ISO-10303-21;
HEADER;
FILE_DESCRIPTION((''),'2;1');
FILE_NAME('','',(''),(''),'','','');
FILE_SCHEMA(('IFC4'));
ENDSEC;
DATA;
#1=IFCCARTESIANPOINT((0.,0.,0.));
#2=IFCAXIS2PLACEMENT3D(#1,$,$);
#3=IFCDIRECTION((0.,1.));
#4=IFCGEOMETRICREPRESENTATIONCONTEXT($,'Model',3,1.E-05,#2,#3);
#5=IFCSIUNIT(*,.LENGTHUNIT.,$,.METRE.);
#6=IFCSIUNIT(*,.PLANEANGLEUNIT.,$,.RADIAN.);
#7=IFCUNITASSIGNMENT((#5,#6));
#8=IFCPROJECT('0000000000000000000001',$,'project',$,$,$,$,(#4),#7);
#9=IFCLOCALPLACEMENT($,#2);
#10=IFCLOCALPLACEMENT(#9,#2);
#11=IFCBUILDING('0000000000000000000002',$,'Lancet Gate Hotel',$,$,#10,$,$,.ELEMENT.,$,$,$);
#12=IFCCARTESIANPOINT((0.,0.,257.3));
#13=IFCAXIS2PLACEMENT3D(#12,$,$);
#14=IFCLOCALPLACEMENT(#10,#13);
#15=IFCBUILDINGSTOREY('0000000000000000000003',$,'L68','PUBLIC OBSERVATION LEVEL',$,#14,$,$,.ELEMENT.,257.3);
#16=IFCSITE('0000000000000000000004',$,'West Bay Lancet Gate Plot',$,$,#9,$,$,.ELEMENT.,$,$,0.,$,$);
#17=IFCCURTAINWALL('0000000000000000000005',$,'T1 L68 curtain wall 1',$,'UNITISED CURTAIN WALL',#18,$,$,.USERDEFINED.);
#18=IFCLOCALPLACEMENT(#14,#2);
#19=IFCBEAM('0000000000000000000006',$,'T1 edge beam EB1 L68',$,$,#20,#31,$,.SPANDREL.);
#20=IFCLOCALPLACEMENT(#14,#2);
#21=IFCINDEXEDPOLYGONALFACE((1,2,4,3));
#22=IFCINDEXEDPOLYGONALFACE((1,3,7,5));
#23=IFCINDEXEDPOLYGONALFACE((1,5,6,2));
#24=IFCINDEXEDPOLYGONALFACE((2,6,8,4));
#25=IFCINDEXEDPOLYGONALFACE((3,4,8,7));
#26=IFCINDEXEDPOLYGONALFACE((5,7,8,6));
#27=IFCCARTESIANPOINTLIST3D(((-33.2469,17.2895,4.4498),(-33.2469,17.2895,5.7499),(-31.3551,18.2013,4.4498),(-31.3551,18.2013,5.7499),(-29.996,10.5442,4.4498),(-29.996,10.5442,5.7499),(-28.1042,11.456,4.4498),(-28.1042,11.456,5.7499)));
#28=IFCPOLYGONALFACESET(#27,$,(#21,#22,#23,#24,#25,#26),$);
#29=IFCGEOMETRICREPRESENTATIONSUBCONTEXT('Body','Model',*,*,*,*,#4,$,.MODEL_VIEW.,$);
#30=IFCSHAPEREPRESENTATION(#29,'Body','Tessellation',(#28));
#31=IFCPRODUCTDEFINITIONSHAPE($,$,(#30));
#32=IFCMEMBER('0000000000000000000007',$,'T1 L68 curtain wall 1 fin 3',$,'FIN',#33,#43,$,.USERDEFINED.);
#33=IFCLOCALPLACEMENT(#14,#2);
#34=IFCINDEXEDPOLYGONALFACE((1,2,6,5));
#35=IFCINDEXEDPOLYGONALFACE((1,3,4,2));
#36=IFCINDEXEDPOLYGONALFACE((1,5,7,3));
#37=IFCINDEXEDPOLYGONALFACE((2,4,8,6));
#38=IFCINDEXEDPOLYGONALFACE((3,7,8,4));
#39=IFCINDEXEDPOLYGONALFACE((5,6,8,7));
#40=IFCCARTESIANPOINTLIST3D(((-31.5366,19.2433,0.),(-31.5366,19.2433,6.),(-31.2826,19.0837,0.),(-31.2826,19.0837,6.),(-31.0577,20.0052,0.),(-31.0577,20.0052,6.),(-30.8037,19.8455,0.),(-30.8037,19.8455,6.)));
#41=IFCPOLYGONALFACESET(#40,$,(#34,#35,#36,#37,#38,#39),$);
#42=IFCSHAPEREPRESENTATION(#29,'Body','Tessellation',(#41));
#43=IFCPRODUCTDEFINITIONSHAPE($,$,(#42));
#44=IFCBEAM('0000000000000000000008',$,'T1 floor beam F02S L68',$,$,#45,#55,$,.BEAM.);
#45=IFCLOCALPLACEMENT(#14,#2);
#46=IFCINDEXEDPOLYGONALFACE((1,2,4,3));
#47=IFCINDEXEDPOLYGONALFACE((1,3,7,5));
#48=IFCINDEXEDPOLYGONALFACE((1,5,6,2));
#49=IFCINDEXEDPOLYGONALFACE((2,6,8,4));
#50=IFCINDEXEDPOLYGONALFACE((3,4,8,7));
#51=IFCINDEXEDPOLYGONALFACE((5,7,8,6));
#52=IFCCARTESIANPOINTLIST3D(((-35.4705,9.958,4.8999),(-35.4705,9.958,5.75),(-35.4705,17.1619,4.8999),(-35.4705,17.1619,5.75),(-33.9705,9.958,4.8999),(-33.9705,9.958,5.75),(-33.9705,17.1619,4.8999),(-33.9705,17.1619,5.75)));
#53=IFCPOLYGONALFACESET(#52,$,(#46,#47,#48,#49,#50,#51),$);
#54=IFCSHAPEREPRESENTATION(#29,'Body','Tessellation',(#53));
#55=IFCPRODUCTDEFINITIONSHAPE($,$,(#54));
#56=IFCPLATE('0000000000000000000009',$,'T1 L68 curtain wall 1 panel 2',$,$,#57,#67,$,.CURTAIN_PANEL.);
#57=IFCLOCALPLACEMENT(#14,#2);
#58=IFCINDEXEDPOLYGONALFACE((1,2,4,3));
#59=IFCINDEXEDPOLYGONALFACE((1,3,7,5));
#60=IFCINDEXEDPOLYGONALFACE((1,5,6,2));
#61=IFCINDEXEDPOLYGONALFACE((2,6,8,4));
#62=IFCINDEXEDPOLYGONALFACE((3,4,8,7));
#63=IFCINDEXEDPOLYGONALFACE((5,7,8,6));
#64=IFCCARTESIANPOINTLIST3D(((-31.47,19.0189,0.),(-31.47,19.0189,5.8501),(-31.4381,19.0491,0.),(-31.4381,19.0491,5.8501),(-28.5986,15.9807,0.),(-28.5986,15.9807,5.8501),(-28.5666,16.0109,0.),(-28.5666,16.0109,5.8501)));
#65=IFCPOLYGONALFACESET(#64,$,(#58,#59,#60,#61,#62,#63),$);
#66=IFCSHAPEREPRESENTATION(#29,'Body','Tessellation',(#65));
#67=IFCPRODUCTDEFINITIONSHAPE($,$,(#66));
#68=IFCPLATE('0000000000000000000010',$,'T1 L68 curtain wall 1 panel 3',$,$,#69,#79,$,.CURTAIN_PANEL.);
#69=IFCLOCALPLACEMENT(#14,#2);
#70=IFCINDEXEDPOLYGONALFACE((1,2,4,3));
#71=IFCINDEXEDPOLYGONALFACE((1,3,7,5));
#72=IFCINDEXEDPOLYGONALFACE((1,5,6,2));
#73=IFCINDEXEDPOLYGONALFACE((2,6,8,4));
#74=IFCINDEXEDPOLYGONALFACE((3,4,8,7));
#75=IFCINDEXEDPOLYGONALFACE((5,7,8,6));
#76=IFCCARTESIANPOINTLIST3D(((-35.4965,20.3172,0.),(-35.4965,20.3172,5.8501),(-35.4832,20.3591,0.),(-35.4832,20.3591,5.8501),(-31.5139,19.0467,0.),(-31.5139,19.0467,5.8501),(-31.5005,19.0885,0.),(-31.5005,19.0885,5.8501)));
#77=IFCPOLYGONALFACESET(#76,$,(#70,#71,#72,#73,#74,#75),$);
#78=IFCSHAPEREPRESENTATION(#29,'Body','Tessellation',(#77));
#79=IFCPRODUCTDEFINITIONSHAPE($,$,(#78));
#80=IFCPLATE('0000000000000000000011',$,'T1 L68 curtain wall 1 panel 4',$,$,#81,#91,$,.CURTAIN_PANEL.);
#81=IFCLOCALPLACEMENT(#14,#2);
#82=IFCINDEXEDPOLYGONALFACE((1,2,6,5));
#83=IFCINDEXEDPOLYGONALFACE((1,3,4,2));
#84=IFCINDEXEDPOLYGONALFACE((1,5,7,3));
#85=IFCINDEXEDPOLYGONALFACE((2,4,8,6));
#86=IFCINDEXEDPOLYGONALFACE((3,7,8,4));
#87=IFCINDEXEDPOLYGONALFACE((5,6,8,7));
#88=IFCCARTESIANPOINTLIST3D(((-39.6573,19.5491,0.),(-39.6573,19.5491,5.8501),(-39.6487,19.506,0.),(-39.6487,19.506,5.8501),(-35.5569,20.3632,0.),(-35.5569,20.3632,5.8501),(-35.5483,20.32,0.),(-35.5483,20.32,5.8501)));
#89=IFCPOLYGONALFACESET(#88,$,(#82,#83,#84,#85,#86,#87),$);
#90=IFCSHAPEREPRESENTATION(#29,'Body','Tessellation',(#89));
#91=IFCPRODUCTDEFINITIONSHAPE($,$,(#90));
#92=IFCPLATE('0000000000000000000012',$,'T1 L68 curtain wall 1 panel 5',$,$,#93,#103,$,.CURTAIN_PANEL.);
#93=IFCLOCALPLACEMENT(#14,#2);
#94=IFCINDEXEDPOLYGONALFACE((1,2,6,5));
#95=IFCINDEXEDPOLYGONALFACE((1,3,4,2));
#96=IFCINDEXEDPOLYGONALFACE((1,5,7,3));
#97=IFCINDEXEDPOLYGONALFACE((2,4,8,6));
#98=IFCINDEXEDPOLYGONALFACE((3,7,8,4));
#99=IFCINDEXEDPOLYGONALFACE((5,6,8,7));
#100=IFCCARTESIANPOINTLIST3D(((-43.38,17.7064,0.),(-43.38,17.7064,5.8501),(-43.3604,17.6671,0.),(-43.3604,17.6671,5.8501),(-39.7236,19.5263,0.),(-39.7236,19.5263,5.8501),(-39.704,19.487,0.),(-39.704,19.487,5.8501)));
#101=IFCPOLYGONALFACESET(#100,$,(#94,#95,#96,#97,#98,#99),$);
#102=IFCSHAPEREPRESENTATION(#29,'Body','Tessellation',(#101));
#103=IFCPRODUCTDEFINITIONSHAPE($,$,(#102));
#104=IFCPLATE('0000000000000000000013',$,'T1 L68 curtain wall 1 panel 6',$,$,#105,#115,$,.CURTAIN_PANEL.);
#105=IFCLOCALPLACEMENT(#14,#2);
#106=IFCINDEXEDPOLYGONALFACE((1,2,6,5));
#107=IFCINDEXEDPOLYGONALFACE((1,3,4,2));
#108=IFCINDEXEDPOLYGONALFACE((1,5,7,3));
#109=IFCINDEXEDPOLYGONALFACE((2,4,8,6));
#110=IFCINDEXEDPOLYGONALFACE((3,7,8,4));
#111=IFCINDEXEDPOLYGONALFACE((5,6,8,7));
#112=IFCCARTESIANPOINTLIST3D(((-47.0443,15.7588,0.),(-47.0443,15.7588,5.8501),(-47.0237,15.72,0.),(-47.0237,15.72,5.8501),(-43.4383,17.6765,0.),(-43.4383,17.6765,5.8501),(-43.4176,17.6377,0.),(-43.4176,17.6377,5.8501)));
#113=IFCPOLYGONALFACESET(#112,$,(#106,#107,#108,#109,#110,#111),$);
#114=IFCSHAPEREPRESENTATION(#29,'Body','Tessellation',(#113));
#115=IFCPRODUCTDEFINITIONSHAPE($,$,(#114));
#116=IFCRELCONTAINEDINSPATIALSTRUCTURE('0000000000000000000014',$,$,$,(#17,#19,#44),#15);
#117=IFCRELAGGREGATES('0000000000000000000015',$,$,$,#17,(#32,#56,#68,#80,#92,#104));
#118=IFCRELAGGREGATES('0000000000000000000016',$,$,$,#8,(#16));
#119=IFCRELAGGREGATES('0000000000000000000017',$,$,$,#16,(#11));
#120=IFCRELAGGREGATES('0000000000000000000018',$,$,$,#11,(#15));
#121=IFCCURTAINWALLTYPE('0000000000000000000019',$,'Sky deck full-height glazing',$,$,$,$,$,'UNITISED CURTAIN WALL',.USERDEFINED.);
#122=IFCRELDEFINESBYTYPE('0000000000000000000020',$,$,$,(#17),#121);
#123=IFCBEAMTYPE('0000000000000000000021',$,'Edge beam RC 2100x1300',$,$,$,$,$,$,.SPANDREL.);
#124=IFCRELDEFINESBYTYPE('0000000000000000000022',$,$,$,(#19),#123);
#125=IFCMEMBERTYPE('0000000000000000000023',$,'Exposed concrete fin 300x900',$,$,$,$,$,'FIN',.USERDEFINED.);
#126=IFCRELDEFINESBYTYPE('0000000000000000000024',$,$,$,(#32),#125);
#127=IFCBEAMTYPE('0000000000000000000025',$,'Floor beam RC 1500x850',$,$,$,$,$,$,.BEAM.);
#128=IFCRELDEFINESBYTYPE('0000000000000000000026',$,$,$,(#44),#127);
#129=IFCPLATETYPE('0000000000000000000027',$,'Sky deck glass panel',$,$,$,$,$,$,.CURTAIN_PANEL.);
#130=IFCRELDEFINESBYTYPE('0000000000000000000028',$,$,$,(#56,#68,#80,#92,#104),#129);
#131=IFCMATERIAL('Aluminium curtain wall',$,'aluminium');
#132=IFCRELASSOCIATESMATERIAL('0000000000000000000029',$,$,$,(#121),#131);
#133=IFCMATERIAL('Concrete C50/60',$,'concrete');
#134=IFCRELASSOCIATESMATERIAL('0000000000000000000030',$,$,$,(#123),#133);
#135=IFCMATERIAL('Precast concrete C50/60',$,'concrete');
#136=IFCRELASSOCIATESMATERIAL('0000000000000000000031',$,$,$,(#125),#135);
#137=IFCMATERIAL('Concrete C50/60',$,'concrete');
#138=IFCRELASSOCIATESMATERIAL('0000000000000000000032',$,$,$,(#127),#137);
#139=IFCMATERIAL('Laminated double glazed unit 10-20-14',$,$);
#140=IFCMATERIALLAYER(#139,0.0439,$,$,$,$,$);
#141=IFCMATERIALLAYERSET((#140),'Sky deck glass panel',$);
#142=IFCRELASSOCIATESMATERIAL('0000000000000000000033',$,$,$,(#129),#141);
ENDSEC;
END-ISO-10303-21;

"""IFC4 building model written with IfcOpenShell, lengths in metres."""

from ifc_helpers import new_model, si_unit, direction, frame, origin, origin_2d, place, context, subcontext, project, spatial, rectangle, extrude, material, layer, layer_set, material_profile, profile_set, type_object, element, aggregate, save


model = new_model("IFC4")

# Units and contexts
model_context = context("Model", 3, precision=1e-05, world=origin(), true_north=direction((0.0, 1.0)))
body_context = subcontext(model_context, "Body", "Model", "MODEL_VIEW")
ifc_project = project(units=[si_unit("LENGTHUNIT", "METRE"), si_unit("PLANEANGLEUNIT", "RADIAN")], contexts=[model_context])

# Site, building, storey
site_placement = place(None, origin())
site = spatial("IfcSite", under=ifc_project, at=site_placement, Name="West Bay Lancet Gate Plot", CompositionType="ELEMENT", RefElevation=0.0)
building_placement = place(site_placement, origin())
building = spatial("IfcBuilding", under=site, at=building_placement, Name="Lancet Gate Hotel", CompositionType="ELEMENT")
storey_placement = place(building_placement, frame((0.0, 0.0, 257.3)))
storey = spatial("IfcBuildingStorey", under=building, at=storey_placement, Name="L68", Description="PUBLIC OBSERVATION LEVEL", CompositionType="ELEMENT", Elevation=257.3)

# Curtain wall
ifc_material_1 = material(Name="Aluminium curtain wall", Category="aluminium")
curtain_wall_type = type_object("IfcCurtainWallType", Name="Sky deck full-height glazing", ElementType="UNITISED CURTAIN WALL", PredefinedType="USERDEFINED", material=ifc_material_1)
curtain_wall_placement = place(storey_placement, origin())
curtain_wall = element("IfcCurtainWall", 1, at=curtain_wall_placement, inside=storey, type_object=curtain_wall_type, Name="T1 L68 curtain wall 1", ObjectType="UNITISED CURTAIN WALL", PredefinedType="USERDEFINED")

# Beam
ifc_material_2 = material(Name="Concrete C50/60", Category="concrete")
ifc_material_profile_1 = material_profile(ifc_material_2, rectangle(XDim=2.1001, YDim=1.3, at=origin_2d()), Name="RC 2100x1300")
ifc_profile_set_1 = profile_set([ifc_material_profile_1], Name="Concrete C50/60")
beam_type_1 = type_object("IfcBeamType", Name="Edge beam RC 2100x1300", PredefinedType="SPANDREL", material=ifc_profile_set_1)
beam_1_placement = place(storey_placement, frame((-32.301, 17.7454, 5.0999), z_axis=(0.434164, -0.900834, 0.0), x_axis=(0.900834, 0.434164, 0.0)))
element("IfcBeam", 2, at=beam_1_placement, inside=storey, type_object=beam_type_1, Name="T1 edge beam EB1 L68", PredefinedType="SPANDREL", context=body_context, shape_type="SweptSolid", body=[
    extrude(rectangle(XDim=2.1001, YDim=1.3, at=origin_2d()), origin(), (0.0, 0.0, 1.0), 7.4878),
])

# Member
ifc_material_3 = material(Name="Precast concrete C50/60", Category="concrete")
ifc_material_profile_2 = material_profile(ifc_material_3, rectangle(XDim=0.3, YDim=0.8999, at=origin_2d()), Name="FIN 300x900")
ifc_profile_set_2 = profile_set([ifc_material_profile_2], Name="Precast concrete C50/60")
member_type_1 = type_object("IfcMemberType", Name="Exposed concrete fin 300x900", ElementType="FIN", PredefinedType="USERDEFINED", material=ifc_profile_set_2)
member_1_placement = place(storey_placement, frame((-31.1702, 19.5444, 0.0), z_axis=(0.0, 0.0, 1.0), x_axis=(-0.846613, 0.532209, 0.0)))
member_1 = element("IfcMember", 3, at=member_1_placement, type_object=member_type_1, Name="T1 L68 curtain wall 1 fin 3", ObjectType="FIN", PredefinedType="USERDEFINED", context=body_context, shape_type="SweptSolid", body=[
    extrude(rectangle(XDim=0.3, YDim=0.8999, at=origin_2d()), origin(), (0.0, 0.0, 1.0), 6.0),
])

# Beam
ifc_material_4 = material(Name="Concrete C50/60", Category="concrete")
ifc_material_profile_3 = material_profile(ifc_material_4, rectangle(XDim=1.5, YDim=0.8501, at=origin_2d()), Name="RC 1500x850")
ifc_profile_set_3 = profile_set([ifc_material_profile_3], Name="Concrete C50/60")
beam_type_2 = type_object("IfcBeamType", Name="Floor beam RC 1500x850", PredefinedType="BEAM", material=ifc_profile_set_3)
beam_2_placement = place(storey_placement, frame((-34.7205, 17.1619, 5.325), z_axis=(0.0, -1.0, 0.0), x_axis=(1.0, 0.0, 0.0)))
element("IfcBeam", 4, at=beam_2_placement, inside=storey, type_object=beam_type_2, Name="T1 floor beam F02S L68", PredefinedType="BEAM", context=body_context, shape_type="SweptSolid", body=[
    extrude(rectangle(XDim=1.5, YDim=0.8501, at=origin_2d()), origin(), (0.0, 0.0, 1.0), 7.2039),
])

# Plates
ifc_material_5 = material(Name="Laminated double glazed unit 10-20-14")
ifc_layer = layer(ifc_material_5, 0.0439)
ifc_layer_set = layer_set([ifc_layer], Name="Sky deck glass panel")
plate_type = type_object("IfcPlateType", Name="Sky deck glass panel", PredefinedType="CURTAIN_PANEL", material=ifc_layer_set)
plate_1_placement = place(storey_placement, frame((-30.0183, 17.5149, 0.0), z_axis=(0.0, 0.0, 1.0), x_axis=(-0.686883, 0.726768, 0.0)))
plate_1 = element("IfcPlate", 5, at=plate_1_placement, type_object=plate_type, Name="T1 L68 curtain wall 1 panel 2", PredefinedType="CURTAIN_PANEL", context=body_context, shape_type="SweptSolid", body=[
    extrude(rectangle(XDim=4.1804, YDim=0.0439, at=origin_2d()), origin(), (0.0, 0.0, 1.0), 5.8501),
])
plate_2_placement = place(storey_placement, frame((-33.4985, 19.7029, 0.0), z_axis=(0.0, 0.0, 1.0), x_axis=(-0.952696, 0.303926, 0.0)))
plate_2 = element("IfcPlate", 6, at=plate_2_placement, type_object=plate_type, Name="T1 L68 curtain wall 1 panel 3", PredefinedType="CURTAIN_PANEL", context=body_context, shape_type="SweptSolid", body=[
    extrude(rectangle(XDim=4.1804, YDim=0.0439, at=origin_2d()), origin(), (0.0, 0.0, 1.0), 5.8501),
])
plate_3_placement = place(storey_placement, frame((-37.6028, 19.9346, 0.0), z_axis=(0.0, 0.0, 1.0), x_axis=(-0.980857, -0.194731, 0.0)))
plate_3 = element("IfcPlate", 7, at=plate_3_placement, type_object=plate_type, Name="T1 L68 curtain wall 1 panel 4", PredefinedType="CURTAIN_PANEL", context=body_context, shape_type="SweptSolid", body=[
    extrude(rectangle(XDim=4.1804, YDim=0.0439, at=origin_2d()), origin(), (0.0, 0.0, 1.0), 5.8501),
])
plate_4_placement = place(storey_placement, frame((-41.542, 18.5967, 0.0), z_axis=(0.0, 0.0, 1.0), x_axis=(-0.895234, -0.445596, 0.0)))
plate_4 = element("IfcPlate", 8, at=plate_4_placement, type_object=plate_type, Name="T1 L68 curtain wall 1 panel 5", PredefinedType="CURTAIN_PANEL", context=body_context, shape_type="SweptSolid", body=[
    extrude(rectangle(XDim=4.0842, YDim=0.0439, at=origin_2d()), origin(), (0.0, 0.0, 1.0), 5.8501),
])
plate_5_placement = place(storey_placement, frame((-45.231, 16.6982, 0.0), z_axis=(0.0, 0.0, 1.0), x_axis=(-0.882916, -0.469531, 0.0)))
plate_5 = element("IfcPlate", 9, at=plate_5_placement, type_object=plate_type, Name="T1 L68 curtain wall 1 panel 6", PredefinedType="CURTAIN_PANEL", context=body_context, shape_type="SweptSolid", body=[
    extrude(rectangle(XDim=4.0842, YDim=0.0439, at=origin_2d()), origin(), (0.0, 0.0, 1.0), 5.8501),
])
aggregate(curtain_wall, [member_1, plate_1, plate_2, plate_3, plate_4, plate_5])

save(model, "model.ifc")
